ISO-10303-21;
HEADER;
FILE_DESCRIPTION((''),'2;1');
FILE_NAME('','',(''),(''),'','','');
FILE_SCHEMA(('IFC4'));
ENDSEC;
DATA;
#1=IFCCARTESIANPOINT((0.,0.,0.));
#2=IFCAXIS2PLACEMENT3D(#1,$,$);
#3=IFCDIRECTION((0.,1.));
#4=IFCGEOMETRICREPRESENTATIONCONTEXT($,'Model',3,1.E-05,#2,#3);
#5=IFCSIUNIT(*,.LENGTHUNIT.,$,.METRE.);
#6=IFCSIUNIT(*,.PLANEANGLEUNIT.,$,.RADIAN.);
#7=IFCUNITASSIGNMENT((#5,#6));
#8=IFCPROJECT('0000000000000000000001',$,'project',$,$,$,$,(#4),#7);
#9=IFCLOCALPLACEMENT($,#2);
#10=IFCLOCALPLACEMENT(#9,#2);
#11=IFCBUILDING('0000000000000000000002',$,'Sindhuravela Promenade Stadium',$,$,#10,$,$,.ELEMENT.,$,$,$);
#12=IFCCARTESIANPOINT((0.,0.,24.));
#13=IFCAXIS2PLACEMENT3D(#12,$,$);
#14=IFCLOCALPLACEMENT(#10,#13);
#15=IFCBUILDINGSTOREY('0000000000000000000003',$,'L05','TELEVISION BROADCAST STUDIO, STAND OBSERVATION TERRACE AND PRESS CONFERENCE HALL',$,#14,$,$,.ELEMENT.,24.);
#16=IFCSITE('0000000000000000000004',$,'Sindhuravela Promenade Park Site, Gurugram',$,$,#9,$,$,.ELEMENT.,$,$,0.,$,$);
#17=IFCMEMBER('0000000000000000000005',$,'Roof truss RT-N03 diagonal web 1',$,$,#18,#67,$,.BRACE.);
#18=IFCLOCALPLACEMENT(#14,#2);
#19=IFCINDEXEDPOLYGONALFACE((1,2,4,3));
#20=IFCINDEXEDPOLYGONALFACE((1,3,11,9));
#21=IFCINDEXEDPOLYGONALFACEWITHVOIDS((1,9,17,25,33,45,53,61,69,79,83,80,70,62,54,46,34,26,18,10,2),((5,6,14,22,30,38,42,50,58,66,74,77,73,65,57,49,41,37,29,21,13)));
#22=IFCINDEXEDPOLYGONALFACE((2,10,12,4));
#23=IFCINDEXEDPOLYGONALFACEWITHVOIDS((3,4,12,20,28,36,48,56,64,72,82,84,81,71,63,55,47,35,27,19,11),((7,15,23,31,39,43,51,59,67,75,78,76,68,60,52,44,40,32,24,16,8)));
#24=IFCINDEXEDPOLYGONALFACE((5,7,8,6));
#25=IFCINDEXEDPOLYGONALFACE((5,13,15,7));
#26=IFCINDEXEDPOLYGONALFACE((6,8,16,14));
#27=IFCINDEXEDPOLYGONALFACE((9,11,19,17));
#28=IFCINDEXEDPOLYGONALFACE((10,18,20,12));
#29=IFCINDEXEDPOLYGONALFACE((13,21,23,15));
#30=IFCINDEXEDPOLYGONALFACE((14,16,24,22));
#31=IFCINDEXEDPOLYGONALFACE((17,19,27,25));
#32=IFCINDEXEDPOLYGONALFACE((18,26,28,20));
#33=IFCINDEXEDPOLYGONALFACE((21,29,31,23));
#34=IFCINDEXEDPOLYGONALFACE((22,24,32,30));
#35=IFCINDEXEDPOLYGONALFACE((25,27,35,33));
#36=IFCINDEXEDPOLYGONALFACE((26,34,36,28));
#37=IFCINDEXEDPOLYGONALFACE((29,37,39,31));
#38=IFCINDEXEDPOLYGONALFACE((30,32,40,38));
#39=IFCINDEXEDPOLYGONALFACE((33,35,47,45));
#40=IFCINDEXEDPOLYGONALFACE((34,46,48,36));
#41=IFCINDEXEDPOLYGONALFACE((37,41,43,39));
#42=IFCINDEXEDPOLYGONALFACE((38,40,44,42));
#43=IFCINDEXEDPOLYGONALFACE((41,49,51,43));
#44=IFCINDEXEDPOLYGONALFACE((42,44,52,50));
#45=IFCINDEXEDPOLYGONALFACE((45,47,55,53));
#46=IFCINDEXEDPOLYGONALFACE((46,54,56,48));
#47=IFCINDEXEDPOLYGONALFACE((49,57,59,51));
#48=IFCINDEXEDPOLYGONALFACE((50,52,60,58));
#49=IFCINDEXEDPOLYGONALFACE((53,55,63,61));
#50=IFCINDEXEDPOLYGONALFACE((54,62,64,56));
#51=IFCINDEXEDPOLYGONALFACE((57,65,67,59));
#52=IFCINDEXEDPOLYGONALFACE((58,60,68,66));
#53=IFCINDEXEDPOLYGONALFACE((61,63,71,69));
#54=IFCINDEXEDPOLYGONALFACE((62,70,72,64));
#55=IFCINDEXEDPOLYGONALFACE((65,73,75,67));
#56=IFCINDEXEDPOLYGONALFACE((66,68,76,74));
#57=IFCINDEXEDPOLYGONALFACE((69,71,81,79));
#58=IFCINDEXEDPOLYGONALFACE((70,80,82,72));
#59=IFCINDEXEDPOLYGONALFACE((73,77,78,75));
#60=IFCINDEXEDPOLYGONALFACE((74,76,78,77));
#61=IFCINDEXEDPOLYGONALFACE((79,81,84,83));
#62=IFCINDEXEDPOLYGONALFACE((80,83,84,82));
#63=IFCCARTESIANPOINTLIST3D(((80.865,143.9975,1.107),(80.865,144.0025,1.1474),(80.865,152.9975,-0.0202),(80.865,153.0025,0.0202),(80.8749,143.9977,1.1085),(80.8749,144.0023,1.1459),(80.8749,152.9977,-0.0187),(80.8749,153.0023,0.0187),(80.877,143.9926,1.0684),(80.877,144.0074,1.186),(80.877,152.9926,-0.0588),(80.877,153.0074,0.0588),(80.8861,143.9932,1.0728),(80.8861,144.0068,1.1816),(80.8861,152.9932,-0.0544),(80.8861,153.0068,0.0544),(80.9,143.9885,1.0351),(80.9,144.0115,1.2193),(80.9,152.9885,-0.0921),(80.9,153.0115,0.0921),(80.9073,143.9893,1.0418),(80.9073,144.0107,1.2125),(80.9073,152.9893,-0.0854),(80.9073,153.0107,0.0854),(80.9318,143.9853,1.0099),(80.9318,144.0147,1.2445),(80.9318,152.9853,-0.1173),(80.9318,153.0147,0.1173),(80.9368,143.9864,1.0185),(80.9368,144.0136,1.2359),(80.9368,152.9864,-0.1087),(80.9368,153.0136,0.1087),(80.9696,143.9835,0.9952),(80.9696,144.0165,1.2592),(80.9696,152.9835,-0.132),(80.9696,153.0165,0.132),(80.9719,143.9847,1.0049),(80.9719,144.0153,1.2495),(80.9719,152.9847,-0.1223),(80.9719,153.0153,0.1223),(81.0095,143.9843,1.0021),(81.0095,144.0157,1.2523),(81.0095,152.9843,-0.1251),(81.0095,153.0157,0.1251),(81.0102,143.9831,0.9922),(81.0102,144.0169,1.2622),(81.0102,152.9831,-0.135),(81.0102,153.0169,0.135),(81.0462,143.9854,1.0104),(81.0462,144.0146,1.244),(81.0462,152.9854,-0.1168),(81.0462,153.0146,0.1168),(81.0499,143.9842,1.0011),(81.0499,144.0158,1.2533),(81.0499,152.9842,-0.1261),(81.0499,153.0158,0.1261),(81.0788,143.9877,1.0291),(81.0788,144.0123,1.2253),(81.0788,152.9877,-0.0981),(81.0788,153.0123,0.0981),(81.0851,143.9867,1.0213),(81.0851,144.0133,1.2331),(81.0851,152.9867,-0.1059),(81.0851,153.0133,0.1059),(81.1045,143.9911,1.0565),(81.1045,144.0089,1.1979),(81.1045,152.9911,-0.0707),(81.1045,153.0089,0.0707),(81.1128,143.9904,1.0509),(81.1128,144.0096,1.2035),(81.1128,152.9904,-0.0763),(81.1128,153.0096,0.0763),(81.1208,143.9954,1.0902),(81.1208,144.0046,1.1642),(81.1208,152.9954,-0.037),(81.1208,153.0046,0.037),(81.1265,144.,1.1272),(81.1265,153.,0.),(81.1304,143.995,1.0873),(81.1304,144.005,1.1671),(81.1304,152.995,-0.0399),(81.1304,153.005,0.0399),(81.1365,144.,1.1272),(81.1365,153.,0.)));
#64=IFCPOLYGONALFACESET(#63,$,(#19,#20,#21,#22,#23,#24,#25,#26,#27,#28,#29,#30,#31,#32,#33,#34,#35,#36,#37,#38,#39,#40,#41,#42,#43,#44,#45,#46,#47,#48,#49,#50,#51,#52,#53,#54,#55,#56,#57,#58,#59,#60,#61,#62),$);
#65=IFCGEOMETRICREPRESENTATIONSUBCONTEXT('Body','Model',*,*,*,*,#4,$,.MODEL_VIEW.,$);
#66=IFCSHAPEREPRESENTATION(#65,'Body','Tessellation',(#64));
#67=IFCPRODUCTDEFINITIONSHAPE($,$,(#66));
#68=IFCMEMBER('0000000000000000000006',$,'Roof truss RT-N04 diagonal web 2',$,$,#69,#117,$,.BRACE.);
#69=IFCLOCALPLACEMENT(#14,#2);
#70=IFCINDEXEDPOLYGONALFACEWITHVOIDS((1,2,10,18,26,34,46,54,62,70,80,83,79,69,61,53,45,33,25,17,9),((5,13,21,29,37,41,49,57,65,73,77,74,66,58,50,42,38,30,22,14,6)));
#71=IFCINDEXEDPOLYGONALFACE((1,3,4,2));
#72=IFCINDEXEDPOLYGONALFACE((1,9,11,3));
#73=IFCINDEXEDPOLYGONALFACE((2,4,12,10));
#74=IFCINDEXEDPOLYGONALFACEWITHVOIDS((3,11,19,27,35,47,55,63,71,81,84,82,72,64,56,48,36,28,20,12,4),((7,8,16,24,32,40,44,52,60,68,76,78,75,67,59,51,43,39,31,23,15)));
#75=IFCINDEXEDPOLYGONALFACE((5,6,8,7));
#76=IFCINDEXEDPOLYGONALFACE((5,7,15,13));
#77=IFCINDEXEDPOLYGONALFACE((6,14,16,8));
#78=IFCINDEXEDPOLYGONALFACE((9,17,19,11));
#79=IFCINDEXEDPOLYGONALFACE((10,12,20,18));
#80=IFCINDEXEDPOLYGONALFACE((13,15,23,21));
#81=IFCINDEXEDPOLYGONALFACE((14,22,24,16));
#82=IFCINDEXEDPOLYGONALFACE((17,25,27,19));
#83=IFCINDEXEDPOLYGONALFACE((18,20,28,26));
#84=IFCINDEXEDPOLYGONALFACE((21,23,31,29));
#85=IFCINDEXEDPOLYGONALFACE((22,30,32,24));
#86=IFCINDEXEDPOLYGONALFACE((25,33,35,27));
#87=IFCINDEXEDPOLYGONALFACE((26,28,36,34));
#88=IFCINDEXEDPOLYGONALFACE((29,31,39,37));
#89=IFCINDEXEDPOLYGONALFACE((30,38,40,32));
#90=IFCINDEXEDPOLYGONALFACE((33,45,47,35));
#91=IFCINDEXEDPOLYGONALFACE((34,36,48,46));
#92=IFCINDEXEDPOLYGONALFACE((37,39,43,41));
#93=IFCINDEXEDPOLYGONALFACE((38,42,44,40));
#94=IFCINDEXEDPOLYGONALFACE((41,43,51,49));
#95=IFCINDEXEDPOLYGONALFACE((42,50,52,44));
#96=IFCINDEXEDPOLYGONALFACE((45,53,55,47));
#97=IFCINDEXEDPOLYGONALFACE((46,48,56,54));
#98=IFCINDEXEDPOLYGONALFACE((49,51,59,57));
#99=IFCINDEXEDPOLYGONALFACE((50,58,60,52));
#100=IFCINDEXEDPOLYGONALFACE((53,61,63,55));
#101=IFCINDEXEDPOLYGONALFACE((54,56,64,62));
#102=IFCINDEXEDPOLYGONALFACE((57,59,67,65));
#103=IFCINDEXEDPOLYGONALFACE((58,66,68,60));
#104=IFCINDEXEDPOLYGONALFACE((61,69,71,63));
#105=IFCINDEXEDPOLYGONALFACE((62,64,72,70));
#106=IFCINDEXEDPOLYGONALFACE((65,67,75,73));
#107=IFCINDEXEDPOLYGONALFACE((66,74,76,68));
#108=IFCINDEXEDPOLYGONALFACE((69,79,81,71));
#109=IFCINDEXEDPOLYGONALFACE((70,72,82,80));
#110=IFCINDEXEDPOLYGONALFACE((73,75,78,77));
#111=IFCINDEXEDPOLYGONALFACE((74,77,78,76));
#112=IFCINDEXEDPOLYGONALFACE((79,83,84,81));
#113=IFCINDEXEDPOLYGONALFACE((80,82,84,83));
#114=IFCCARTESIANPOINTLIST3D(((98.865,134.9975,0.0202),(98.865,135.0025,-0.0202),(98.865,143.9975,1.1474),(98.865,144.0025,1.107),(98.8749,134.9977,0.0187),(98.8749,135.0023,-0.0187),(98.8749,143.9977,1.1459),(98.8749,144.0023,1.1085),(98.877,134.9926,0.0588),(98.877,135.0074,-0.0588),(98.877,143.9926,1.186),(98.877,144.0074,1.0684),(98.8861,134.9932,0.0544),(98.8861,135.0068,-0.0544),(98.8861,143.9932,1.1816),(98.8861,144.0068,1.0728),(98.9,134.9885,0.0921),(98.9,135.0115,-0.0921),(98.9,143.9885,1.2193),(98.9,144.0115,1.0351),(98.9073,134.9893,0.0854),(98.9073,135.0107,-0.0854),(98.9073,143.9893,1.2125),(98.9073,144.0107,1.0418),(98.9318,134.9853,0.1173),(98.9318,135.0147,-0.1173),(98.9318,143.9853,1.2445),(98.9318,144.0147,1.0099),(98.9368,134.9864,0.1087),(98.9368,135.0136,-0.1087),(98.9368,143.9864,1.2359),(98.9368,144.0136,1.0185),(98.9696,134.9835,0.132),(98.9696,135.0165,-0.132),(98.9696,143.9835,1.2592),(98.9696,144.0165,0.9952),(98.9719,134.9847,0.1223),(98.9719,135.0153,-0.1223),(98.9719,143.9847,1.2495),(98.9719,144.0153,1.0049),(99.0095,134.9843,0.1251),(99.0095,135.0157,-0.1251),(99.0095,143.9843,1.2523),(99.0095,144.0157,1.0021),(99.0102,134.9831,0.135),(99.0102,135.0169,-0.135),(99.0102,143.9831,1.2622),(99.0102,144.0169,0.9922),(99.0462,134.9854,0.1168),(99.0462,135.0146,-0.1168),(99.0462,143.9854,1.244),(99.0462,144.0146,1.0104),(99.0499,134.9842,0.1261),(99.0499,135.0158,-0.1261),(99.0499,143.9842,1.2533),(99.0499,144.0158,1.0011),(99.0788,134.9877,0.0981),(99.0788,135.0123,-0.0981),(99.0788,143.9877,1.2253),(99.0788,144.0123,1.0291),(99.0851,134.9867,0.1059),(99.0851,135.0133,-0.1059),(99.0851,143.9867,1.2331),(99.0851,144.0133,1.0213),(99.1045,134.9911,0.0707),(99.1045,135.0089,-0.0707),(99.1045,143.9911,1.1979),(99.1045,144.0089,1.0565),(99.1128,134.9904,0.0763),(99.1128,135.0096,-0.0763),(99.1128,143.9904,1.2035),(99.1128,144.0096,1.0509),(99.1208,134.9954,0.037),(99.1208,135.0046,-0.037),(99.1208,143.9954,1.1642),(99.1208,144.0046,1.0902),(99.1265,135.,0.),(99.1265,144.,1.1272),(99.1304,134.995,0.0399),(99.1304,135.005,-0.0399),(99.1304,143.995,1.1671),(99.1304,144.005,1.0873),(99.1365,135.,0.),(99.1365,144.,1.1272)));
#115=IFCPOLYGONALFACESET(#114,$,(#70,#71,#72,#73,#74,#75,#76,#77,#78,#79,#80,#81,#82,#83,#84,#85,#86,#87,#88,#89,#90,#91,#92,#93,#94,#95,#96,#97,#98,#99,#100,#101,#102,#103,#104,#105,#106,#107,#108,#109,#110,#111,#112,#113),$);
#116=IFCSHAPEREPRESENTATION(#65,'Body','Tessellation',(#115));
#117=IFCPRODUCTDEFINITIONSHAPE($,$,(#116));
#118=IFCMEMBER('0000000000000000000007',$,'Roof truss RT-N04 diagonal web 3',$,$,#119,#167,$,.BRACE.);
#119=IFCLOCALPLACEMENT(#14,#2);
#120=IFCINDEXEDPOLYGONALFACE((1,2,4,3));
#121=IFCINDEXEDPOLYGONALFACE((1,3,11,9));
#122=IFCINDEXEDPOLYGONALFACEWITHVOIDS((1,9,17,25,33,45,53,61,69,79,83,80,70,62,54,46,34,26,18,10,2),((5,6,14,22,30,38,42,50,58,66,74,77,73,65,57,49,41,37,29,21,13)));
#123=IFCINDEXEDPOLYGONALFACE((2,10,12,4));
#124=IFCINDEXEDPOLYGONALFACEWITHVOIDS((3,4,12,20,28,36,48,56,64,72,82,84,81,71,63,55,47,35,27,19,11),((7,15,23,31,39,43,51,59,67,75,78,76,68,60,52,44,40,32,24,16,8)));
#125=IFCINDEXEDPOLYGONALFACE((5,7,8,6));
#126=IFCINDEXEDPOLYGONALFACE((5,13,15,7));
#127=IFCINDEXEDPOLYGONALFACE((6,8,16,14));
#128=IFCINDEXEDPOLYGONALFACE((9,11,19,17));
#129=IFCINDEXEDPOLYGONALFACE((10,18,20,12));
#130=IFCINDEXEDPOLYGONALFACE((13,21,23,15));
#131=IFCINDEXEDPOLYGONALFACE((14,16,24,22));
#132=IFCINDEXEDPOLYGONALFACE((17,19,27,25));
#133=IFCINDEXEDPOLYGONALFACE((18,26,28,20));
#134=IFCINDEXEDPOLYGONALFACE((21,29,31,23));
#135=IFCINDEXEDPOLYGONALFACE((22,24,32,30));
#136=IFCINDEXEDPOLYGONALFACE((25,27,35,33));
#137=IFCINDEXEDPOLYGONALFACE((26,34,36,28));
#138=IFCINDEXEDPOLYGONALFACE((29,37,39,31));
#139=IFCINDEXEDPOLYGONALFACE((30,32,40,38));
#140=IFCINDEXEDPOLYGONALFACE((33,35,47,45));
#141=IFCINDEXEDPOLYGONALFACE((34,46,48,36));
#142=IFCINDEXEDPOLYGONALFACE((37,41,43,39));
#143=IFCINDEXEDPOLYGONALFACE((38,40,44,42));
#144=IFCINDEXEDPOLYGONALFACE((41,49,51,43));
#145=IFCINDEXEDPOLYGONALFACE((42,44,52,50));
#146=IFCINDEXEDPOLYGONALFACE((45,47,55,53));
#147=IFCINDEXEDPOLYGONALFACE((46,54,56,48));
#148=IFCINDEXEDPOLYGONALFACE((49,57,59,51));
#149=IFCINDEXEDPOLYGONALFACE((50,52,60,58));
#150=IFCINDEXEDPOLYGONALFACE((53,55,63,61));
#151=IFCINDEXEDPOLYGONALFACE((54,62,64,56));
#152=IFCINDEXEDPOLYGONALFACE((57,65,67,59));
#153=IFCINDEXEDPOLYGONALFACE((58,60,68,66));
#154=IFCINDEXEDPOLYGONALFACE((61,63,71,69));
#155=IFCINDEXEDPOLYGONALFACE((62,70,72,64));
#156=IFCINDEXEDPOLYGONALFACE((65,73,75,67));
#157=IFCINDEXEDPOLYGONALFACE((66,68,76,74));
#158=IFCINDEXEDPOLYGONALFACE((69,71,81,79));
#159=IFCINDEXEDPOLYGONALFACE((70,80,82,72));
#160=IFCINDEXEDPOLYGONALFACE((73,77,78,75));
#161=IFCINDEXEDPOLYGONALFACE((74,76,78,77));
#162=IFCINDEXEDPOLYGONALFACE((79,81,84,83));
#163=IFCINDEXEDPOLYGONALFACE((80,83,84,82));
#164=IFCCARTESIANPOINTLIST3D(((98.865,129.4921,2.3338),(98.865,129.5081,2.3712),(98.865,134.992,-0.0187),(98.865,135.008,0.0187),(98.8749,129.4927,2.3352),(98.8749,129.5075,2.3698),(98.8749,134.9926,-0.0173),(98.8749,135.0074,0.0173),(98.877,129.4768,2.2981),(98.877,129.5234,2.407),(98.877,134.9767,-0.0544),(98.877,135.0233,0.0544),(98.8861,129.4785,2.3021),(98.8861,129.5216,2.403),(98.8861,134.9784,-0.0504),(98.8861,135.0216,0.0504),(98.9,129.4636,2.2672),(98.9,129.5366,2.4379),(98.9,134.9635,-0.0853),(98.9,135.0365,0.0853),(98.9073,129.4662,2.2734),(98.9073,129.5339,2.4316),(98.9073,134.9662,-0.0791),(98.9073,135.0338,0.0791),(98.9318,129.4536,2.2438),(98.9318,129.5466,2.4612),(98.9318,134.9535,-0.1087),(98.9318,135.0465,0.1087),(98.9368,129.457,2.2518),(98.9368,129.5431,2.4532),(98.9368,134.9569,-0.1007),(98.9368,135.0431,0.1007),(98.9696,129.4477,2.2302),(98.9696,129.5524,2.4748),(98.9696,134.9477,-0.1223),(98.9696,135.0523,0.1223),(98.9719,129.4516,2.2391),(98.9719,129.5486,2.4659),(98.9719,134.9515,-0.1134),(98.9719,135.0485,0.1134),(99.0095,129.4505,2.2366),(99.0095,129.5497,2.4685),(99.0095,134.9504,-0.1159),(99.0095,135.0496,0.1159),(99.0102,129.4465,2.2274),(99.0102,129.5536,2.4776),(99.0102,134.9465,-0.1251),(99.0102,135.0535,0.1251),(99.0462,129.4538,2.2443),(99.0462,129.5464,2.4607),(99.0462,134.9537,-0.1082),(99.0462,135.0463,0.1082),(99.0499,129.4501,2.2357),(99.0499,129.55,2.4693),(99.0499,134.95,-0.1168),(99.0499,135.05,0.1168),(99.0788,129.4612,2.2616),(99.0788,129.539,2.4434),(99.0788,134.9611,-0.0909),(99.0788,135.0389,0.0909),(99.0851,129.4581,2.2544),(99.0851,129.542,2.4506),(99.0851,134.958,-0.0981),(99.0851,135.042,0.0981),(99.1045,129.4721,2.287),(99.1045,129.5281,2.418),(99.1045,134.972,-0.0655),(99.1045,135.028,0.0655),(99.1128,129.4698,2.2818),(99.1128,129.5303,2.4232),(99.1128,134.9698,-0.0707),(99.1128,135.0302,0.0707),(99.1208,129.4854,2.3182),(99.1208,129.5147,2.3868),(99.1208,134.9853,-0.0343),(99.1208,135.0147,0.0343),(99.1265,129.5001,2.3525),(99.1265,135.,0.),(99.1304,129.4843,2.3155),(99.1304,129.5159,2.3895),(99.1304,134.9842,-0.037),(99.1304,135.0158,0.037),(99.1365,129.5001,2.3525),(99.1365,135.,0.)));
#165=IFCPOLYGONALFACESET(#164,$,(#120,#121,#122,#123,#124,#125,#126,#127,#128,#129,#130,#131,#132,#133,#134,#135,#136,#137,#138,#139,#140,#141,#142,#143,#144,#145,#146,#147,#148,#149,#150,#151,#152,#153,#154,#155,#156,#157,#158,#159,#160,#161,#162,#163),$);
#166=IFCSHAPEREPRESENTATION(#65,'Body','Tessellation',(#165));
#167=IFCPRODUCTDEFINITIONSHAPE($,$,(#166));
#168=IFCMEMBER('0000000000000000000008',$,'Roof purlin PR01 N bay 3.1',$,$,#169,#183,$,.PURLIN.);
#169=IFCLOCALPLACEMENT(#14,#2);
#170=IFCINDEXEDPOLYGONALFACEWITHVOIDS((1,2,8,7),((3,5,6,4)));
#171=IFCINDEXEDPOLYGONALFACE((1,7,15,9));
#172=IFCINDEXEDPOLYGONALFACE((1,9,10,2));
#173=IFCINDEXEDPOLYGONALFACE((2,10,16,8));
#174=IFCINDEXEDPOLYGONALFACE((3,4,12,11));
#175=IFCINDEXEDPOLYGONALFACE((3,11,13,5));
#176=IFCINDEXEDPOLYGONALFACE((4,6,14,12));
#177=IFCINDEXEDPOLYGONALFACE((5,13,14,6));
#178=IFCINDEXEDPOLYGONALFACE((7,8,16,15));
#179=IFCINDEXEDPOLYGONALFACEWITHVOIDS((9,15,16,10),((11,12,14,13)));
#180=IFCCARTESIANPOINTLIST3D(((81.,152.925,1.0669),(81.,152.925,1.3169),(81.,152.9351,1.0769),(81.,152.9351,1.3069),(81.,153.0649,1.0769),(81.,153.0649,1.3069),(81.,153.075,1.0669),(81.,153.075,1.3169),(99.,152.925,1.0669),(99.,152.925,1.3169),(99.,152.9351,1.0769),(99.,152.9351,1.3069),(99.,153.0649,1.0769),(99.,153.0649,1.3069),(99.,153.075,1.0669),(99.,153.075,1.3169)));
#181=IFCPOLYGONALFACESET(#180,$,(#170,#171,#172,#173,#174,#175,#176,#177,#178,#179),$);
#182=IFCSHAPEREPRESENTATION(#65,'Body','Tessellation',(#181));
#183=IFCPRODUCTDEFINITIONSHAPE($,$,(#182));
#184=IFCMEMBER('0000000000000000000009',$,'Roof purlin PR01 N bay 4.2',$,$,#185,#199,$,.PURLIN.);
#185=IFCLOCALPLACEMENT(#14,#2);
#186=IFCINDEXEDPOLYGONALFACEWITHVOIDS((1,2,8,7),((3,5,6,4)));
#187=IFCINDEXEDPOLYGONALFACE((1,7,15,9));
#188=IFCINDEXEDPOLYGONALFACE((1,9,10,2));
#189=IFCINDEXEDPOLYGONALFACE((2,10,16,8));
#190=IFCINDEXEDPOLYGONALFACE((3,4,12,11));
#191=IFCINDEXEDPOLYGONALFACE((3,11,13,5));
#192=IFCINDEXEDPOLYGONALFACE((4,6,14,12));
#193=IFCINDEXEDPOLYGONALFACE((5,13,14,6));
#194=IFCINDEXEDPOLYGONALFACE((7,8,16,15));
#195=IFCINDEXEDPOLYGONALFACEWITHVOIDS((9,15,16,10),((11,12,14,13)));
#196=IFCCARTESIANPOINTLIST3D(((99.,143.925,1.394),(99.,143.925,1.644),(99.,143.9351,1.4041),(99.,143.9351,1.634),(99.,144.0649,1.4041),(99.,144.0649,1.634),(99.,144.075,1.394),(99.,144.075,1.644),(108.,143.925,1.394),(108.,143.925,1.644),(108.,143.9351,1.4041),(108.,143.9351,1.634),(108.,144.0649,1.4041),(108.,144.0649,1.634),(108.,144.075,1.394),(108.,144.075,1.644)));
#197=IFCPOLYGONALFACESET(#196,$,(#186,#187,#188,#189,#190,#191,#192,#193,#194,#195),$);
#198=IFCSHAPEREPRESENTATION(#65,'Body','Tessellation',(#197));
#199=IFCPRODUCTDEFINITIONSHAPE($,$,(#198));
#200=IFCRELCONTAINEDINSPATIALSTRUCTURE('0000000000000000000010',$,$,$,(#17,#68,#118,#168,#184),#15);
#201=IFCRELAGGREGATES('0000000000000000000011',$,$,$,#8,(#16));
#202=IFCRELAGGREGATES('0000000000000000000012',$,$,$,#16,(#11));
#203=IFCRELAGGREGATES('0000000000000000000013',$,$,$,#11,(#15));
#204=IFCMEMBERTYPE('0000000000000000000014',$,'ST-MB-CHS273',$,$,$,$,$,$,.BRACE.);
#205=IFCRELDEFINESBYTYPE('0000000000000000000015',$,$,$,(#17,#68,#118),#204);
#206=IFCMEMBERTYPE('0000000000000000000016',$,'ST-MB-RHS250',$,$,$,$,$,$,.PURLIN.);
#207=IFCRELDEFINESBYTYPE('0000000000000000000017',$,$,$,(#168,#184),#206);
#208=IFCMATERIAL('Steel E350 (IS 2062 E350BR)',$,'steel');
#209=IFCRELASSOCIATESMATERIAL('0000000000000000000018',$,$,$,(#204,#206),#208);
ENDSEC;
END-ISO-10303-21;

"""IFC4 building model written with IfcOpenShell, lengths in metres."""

from ifc_helpers import new_model, si_unit, direction, frame, origin, origin_2d, place, context, subcontext, project, spatial, hollow_rectangle, hollow_circle, extrude, material, material_profile, profile_set, type_object, element, save


model = new_model("IFC4")

# Units and contexts
model_context = context("Model", 3, precision=1e-05, world=origin(), true_north=direction((0.0, 1.0)))
body_context = subcontext(model_context, "Body", "Model", "MODEL_VIEW")
ifc_project = project(units=[si_unit("LENGTHUNIT", "METRE"), si_unit("PLANEANGLEUNIT", "RADIAN")], contexts=[model_context])

# Site, building, storey
site_placement = place(None, origin())
site = spatial("IfcSite", under=ifc_project, at=site_placement, Name="Sindhuravela Promenade Park Site, Gurugram", CompositionType="ELEMENT", RefElevation=0.0)
building_placement = place(site_placement, origin())
building = spatial("IfcBuilding", under=site, at=building_placement, Name="Sindhuravela Promenade Stadium", CompositionType="ELEMENT")
storey_placement = place(building_placement, frame((0.0, 0.0, 24.0)))
storey = spatial("IfcBuildingStorey", under=building, at=storey_placement, Name="L05", Description="TELEVISION BROADCAST STUDIO, STAND OBSERVATION TERRACE AND PRESS CONFERENCE HALL", CompositionType="ELEMENT", Elevation=24.0)

# Shared definitions
ifc_material_1 = material(Name="Steel E350 (IS 2062 E350BR)", Category="steel")

# Members
ifc_material_profile_1 = material_profile(ifc_material_1, hollow_circle(Radius=0.1365, WallThickness=0.01, at=origin_2d()), Name="CHS 273.0x10")
ifc_profile_set_1 = profile_set([ifc_material_profile_1], Name="Steel E350 (IS 2062 E350BR)")
member_type_1 = type_object("IfcMemberType", Name="ST-MB-CHS273", PredefinedType="BRACE", material=ifc_profile_set_1)
for number, where, z_axis, x_axis, name in (
    (1, (81.0, 153.0, 0.0), (0.0, -0.992248, 0.124273), (1.0, 0.0, 0.0), "Roof truss RT-N03 diagonal web 1"),
    (2, (99.0, 144.0, 1.1272), (0.0, -0.992248, -0.124273), (1.0, 0.0, 0.0), "Roof truss RT-N04 diagonal web 2"),
):
    element("IfcMember", number, at=place(storey_placement, frame(where, z_axis=z_axis, x_axis=x_axis)), inside=storey, type_object=member_type_1, Name=name, PredefinedType="BRACE", context=body_context, shape_type="SweptSolid", body=[
        extrude(hollow_circle(Radius=0.1365, WallThickness=0.01, at=origin_2d()), origin(), (0.0, 0.0, 1.0), 9.0703),
    ])
member_1_placement = place(storey_placement, frame((99.0, 135.0, 0.0), z_axis=(0.0, -0.919423, 0.393269), x_axis=(1.0, 0.0, 0.0)))
element("IfcMember", 3, at=member_1_placement, inside=storey, type_object=member_type_1, Name="Roof truss RT-N04 diagonal web 3", PredefinedType="BRACE", context=body_context, shape_type="SweptSolid", body=[
    extrude(hollow_circle(Radius=0.1365, WallThickness=0.01, at=origin_2d()), origin(), (0.0, 0.0, 1.0), 5.9819),
])
ifc_material_profile_2 = material_profile(ifc_material_1, hollow_rectangle(XDim=0.1499, YDim=0.25, WallThickness=0.01, at=origin_2d()), Name="RHS 250x150x10")
ifc_profile_set_2 = profile_set([ifc_material_profile_2], Name="Steel E350 (IS 2062 E350BR)")
member_type_2 = type_object("IfcMemberType", Name="ST-MB-RHS250", PredefinedType="PURLIN", material=ifc_profile_set_2)
member_2_placement = place(storey_placement, frame((81.0, 153.0, 1.1919), z_axis=(1.0, 0.0, 0.0), x_axis=(0.0, 1.0, 0.0)))
element("IfcMember", 4, at=member_2_placement, inside=storey, type_object=member_type_2, Name="Roof purlin PR01 N bay 3.1", PredefinedType="PURLIN", context=body_context, shape_type="SweptSolid", body=[
    extrude(hollow_rectangle(XDim=0.1499, YDim=0.25, WallThickness=0.01, at=origin_2d()), origin(), (0.0, 0.0, 1.0), 18.0),
])
for number, where, z_axis, x_axis, name in (
    (5, (99.0, 144.0, 1.519), (1.0, 0.0, 0.0), (0.0, 1.0, 0.0), "Roof purlin PR01 N bay 4.2"),
):
    element("IfcMember", number, at=place(storey_placement, frame(where, z_axis=z_axis, x_axis=x_axis)), inside=storey, type_object=member_type_2, Name=name, PredefinedType="PURLIN", context=body_context, shape_type="SweptSolid", body=[
        extrude(hollow_rectangle(XDim=0.1499, YDim=0.25, WallThickness=0.01, at=origin_2d()), origin(), (0.0, 0.0, 1.0), 9.0),
    ])

save(model, "model.ifc")
